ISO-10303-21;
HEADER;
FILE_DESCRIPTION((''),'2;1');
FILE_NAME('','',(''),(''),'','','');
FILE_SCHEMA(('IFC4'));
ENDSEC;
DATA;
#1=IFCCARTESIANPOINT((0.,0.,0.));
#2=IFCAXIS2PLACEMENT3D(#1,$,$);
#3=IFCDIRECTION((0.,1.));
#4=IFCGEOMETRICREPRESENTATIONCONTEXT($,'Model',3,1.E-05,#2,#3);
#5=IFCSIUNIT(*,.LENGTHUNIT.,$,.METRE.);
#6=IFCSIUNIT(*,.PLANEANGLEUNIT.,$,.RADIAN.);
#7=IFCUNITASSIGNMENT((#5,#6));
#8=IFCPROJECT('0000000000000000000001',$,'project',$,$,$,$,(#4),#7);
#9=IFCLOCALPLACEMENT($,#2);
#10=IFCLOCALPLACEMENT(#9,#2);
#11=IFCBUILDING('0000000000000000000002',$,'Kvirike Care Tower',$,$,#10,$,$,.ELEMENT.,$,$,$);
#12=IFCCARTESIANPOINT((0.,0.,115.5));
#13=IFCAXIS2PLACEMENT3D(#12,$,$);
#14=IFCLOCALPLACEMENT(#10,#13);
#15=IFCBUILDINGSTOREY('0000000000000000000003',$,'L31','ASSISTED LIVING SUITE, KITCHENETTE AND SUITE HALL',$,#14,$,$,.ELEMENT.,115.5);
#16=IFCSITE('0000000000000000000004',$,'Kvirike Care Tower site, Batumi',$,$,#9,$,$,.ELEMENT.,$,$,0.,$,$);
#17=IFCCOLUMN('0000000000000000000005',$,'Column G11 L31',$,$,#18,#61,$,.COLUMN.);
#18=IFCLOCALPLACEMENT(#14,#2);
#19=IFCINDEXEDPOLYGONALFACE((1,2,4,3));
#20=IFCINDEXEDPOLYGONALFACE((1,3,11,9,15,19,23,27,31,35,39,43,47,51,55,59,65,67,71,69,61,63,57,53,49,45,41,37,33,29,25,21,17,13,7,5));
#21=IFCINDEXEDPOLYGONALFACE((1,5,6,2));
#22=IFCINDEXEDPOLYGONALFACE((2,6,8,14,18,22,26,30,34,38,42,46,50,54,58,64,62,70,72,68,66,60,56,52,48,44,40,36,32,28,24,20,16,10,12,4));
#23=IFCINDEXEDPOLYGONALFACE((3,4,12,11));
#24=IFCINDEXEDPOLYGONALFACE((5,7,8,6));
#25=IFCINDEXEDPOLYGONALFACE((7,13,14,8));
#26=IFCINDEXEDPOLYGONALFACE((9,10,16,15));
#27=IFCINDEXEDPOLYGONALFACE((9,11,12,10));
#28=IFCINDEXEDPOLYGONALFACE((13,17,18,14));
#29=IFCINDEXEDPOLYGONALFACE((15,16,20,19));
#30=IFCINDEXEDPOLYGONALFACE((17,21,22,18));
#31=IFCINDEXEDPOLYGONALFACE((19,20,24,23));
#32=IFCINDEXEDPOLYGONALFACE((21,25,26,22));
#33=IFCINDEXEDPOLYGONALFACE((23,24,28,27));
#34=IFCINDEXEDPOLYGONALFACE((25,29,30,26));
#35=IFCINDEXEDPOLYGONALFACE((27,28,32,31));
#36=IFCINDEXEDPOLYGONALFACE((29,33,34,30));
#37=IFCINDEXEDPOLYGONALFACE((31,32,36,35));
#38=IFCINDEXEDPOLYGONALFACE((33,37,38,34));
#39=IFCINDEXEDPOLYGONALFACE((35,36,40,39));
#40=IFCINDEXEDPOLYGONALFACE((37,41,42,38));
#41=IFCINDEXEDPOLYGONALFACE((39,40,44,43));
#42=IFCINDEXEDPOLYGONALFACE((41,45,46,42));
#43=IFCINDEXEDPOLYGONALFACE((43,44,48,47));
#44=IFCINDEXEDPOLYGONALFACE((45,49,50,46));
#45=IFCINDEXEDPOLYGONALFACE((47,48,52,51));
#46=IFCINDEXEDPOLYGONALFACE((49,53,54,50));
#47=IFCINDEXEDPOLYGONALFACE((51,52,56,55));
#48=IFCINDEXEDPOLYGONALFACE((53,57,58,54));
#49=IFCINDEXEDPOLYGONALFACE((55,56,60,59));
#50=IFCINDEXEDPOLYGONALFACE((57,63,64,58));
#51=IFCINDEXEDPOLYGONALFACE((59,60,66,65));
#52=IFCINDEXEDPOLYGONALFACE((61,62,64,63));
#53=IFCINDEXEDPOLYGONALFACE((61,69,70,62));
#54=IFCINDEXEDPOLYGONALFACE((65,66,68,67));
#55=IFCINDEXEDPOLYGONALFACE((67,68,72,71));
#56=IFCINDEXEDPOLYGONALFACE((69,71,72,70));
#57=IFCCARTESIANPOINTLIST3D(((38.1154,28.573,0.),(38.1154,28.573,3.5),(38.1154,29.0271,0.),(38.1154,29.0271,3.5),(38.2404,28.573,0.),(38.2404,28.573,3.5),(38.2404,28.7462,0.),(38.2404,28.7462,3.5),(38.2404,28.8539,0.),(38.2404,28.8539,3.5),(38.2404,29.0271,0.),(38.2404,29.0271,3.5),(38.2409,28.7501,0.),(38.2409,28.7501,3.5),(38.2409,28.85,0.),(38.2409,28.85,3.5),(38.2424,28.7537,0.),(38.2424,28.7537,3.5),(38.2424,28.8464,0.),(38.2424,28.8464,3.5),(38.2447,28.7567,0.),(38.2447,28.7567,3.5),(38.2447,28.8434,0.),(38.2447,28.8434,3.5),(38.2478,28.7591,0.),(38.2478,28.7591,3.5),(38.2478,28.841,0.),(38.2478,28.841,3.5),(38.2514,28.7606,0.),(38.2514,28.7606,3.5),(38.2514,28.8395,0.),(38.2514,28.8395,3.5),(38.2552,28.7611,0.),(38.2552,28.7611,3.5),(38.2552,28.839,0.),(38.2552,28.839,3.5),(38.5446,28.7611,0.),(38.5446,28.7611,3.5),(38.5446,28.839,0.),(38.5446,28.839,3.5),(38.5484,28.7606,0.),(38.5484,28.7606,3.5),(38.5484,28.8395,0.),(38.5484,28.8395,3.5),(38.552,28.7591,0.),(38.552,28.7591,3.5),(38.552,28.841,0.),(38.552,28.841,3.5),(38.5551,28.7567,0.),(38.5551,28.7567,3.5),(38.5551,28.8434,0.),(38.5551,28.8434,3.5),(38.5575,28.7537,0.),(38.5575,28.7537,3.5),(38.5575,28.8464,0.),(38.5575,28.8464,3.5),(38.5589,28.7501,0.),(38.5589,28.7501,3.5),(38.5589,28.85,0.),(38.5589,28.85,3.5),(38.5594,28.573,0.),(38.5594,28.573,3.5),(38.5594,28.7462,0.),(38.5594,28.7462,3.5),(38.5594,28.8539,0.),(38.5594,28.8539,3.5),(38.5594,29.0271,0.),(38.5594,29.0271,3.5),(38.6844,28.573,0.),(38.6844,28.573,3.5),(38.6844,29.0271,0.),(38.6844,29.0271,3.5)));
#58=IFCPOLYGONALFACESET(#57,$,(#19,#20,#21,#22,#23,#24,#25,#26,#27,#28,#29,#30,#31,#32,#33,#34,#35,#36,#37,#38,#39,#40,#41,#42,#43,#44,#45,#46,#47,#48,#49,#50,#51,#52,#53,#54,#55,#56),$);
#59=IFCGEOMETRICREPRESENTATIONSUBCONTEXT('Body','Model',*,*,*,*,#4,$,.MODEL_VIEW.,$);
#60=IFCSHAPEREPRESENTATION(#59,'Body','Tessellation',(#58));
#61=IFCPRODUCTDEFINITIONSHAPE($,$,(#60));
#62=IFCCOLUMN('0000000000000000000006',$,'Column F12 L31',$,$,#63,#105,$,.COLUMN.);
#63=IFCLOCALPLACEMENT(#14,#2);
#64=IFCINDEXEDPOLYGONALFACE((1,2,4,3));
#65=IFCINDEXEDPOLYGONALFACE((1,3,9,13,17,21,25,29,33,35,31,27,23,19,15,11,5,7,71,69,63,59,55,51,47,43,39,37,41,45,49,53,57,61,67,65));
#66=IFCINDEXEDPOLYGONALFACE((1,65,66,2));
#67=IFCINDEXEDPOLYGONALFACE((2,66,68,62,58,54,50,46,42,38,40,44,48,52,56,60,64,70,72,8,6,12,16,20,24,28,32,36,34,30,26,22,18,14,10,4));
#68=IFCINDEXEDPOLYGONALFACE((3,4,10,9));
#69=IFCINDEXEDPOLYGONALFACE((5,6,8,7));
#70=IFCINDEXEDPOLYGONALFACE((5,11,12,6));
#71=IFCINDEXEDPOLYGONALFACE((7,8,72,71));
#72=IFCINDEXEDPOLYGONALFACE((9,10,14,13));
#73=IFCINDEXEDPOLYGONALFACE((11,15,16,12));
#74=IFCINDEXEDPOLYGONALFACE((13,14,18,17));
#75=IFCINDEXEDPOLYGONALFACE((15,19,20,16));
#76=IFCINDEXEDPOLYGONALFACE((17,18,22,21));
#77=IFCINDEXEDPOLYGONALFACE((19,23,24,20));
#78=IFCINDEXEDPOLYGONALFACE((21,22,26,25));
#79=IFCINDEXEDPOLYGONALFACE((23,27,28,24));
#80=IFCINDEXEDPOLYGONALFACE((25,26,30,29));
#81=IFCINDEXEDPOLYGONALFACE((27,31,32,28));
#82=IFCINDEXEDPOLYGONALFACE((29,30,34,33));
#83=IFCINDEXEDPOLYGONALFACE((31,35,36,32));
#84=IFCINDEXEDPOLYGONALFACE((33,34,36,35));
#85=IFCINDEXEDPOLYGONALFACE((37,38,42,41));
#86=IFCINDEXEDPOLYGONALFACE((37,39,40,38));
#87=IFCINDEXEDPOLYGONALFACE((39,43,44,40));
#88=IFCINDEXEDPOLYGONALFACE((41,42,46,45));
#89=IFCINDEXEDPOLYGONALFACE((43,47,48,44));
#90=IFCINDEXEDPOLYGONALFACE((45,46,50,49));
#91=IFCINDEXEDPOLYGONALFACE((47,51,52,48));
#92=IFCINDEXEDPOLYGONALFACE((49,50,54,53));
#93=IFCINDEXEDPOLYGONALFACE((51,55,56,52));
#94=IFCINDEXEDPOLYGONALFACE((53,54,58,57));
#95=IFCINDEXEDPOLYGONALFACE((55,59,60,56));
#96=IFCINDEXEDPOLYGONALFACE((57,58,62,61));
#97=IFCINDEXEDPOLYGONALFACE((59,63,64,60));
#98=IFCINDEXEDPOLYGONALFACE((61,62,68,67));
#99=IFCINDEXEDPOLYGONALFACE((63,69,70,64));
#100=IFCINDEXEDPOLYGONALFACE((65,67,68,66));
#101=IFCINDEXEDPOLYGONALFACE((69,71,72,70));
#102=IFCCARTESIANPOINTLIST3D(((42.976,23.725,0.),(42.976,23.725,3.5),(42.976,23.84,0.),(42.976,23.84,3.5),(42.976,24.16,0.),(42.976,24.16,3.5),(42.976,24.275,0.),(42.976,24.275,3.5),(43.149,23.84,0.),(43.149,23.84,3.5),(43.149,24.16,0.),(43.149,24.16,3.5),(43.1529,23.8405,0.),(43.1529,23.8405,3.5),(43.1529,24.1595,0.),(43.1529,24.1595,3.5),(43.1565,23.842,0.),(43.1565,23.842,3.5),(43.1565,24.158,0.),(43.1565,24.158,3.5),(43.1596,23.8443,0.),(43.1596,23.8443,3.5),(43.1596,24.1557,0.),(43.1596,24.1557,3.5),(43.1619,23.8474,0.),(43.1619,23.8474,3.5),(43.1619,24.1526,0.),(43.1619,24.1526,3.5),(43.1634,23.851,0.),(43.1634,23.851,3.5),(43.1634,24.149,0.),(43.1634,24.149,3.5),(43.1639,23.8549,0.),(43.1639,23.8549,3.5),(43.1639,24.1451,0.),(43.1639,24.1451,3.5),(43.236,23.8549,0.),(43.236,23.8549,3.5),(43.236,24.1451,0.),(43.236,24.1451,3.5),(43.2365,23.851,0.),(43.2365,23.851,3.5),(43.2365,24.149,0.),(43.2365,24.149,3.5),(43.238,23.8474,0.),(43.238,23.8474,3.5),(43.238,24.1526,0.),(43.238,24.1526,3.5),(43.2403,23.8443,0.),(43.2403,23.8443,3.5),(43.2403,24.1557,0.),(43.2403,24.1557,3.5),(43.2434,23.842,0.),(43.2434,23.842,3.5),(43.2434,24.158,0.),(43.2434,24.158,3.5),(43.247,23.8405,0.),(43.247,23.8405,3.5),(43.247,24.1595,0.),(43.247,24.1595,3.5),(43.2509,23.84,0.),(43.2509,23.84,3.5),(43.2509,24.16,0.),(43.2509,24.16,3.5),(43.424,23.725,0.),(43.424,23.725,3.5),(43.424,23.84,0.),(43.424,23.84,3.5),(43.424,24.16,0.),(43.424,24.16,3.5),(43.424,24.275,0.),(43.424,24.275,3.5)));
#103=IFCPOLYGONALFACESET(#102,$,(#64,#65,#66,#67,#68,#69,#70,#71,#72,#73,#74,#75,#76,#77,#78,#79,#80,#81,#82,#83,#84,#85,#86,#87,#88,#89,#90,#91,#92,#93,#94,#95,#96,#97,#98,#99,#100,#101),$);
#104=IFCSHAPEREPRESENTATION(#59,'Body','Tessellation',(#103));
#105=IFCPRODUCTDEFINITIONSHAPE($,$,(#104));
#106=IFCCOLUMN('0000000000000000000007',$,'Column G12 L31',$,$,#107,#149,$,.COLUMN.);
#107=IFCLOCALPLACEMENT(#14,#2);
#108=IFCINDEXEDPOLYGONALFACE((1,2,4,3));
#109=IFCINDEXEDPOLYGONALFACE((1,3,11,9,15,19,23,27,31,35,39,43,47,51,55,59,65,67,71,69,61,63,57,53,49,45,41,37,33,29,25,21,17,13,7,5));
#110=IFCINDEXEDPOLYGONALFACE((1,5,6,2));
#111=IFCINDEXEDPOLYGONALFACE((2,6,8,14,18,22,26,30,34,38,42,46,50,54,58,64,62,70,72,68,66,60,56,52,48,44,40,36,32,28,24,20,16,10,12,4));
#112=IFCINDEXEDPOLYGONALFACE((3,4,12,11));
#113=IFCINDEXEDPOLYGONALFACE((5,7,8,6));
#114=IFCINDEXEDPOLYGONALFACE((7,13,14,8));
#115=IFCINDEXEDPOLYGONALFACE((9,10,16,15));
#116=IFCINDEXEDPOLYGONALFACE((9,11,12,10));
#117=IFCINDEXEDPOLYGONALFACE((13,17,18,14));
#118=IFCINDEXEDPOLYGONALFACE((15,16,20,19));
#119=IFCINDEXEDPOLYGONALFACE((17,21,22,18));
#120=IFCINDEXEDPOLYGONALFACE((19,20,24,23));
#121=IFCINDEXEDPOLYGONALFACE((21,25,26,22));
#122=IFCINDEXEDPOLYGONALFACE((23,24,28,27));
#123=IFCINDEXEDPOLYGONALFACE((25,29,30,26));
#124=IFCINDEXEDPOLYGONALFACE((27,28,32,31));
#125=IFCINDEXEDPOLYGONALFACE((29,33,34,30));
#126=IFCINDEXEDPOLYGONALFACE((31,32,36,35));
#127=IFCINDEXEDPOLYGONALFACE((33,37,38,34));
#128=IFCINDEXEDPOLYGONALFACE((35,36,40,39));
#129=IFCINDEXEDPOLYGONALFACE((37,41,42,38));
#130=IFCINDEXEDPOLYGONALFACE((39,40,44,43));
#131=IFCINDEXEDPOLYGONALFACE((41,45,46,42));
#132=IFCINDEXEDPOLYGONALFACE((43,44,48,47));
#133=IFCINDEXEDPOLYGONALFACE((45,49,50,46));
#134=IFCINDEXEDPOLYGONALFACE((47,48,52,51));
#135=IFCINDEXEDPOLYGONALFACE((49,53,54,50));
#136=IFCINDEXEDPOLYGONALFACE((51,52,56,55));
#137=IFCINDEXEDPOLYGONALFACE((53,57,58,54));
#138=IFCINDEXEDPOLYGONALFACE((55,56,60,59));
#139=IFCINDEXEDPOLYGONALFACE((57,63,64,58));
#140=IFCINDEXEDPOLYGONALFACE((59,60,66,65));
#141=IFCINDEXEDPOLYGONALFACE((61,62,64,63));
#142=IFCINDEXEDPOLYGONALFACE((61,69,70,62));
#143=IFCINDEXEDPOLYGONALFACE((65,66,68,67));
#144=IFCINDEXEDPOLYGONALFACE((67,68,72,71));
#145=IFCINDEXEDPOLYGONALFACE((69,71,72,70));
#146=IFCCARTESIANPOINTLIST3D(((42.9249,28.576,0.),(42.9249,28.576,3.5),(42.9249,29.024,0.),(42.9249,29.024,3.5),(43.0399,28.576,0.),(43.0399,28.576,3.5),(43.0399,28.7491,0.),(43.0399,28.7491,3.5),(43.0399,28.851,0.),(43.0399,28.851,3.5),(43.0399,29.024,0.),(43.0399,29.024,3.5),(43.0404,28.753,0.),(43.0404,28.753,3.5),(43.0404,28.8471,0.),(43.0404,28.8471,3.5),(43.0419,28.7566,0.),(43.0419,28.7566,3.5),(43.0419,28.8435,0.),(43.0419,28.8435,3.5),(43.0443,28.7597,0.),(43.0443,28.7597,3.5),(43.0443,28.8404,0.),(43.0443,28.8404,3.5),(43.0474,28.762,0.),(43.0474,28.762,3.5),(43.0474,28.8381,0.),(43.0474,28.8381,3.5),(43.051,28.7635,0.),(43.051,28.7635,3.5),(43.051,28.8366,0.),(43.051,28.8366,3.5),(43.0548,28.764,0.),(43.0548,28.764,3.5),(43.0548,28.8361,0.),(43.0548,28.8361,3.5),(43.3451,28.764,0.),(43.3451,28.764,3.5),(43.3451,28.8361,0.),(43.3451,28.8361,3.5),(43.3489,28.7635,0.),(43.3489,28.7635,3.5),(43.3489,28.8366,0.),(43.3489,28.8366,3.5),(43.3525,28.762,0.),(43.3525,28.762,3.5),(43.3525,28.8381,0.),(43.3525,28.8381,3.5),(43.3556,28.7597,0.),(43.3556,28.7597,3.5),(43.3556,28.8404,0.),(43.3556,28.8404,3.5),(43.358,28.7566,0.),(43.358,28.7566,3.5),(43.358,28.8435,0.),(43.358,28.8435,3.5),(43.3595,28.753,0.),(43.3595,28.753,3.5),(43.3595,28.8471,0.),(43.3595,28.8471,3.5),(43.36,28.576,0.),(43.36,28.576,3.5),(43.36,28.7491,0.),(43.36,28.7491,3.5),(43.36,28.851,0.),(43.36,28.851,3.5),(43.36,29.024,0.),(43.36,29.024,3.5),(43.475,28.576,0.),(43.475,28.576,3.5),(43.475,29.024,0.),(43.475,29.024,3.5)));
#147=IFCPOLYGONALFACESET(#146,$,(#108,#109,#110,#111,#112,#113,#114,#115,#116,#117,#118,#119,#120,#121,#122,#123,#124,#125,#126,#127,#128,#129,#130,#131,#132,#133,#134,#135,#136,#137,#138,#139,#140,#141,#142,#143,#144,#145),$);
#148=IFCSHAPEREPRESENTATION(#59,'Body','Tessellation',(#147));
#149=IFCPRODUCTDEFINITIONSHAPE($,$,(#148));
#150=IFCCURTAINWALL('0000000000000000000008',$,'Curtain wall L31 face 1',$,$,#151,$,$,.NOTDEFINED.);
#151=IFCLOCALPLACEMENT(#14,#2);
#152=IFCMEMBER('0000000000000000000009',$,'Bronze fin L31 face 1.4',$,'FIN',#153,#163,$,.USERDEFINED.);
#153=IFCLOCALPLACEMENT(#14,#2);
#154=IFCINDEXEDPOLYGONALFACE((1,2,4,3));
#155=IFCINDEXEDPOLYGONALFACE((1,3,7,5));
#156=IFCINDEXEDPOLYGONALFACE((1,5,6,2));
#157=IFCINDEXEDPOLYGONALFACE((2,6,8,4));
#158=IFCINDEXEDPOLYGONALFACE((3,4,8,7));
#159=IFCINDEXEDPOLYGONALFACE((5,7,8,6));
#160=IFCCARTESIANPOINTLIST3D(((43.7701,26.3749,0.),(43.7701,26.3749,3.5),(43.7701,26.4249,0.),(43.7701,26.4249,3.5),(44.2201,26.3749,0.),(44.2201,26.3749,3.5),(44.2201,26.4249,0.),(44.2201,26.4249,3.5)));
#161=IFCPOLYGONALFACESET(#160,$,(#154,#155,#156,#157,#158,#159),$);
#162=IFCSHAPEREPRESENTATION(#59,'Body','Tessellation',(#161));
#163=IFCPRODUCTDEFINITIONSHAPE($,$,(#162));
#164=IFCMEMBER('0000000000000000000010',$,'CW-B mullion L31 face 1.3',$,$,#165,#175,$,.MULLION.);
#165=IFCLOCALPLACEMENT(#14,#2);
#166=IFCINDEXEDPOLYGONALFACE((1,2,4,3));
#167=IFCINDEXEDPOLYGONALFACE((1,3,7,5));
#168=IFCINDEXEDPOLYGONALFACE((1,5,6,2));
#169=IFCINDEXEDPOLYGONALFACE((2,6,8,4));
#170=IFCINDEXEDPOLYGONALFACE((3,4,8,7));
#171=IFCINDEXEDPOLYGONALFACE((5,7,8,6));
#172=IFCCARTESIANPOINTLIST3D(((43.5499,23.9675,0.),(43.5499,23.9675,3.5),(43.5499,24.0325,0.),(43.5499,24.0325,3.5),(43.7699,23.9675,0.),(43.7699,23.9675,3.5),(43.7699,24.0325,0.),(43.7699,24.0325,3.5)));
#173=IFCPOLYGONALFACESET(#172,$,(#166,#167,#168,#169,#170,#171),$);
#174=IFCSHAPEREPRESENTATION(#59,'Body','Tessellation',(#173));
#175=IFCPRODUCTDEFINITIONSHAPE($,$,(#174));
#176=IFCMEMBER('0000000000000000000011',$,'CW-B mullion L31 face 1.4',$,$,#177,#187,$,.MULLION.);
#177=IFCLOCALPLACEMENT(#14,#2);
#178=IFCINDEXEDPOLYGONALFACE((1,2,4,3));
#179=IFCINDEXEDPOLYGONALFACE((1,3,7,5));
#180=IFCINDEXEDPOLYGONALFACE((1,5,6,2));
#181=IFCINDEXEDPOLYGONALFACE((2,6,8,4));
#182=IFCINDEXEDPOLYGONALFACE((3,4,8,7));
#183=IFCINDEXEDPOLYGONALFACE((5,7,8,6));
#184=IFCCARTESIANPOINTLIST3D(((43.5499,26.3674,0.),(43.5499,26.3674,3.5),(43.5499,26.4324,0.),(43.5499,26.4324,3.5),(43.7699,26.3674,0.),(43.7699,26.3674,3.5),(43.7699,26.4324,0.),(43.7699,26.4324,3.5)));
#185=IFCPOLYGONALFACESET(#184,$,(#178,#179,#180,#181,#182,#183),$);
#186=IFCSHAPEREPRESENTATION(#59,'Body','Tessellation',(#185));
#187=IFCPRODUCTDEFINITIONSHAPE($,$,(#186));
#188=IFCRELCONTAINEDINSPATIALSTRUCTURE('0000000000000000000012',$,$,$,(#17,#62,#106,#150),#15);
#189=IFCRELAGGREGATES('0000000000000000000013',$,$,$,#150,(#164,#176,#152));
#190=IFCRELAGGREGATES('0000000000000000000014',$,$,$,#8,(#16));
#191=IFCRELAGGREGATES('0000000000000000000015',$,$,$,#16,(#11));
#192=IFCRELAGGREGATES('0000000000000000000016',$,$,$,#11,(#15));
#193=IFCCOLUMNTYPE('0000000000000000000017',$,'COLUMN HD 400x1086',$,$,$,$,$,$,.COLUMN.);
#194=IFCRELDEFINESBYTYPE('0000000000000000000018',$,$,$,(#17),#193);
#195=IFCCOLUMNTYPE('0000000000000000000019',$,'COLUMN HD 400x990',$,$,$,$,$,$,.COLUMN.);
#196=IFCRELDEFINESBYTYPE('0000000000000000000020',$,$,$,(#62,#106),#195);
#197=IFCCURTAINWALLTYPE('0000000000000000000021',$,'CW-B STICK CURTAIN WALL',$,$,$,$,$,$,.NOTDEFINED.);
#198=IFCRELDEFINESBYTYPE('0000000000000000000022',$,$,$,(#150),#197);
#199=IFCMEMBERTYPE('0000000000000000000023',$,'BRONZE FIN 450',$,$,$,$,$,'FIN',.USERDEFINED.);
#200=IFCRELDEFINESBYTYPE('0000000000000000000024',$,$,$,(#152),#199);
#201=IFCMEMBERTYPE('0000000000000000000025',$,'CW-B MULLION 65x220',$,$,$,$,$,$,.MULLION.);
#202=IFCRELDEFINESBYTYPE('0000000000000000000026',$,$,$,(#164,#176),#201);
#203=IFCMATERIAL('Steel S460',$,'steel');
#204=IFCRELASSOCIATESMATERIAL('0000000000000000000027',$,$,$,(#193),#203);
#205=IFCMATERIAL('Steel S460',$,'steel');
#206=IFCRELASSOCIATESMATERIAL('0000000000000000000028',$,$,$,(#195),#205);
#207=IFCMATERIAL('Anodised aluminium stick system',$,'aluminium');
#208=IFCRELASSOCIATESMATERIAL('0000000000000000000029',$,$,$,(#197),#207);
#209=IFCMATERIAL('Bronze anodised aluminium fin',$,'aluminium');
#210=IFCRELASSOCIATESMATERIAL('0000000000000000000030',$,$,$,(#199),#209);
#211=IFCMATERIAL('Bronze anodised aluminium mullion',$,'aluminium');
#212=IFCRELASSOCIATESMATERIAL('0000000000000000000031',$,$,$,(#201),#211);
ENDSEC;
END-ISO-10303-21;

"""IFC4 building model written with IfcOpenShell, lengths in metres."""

from ifc_helpers import new_model, si_unit, direction, frame, origin, origin_2d, place, context, subcontext, project, spatial, rectangle, i_section, extrude, material, material_profile, profile_set, type_object, element, aggregate, save


model = new_model("IFC4")

# Units and contexts
model_context = context("Model", 3, precision=1e-05, world=origin(), true_north=direction((0.0, 1.0)))
body_context = subcontext(model_context, "Body", "Model", "MODEL_VIEW")
ifc_project = project(units=[si_unit("LENGTHUNIT", "METRE"), si_unit("PLANEANGLEUNIT", "RADIAN")], contexts=[model_context])

# Site, building, storey
site_placement = place(None, origin())
site = spatial("IfcSite", under=ifc_project, at=site_placement, Name="Kvirike Care Tower site, Batumi", CompositionType="ELEMENT", RefElevation=0.0)
building_placement = place(site_placement, origin())
building = spatial("IfcBuilding", under=site, at=building_placement, Name="Kvirike Care Tower", CompositionType="ELEMENT")
storey_placement = place(building_placement, frame((0.0, 0.0, 115.5)))
storey = spatial("IfcBuildingStorey", under=building, at=storey_placement, Name="L31", Description="ASSISTED LIVING SUITE, KITCHENETTE AND SUITE HALL", CompositionType="ELEMENT", Elevation=115.5)

# Columns
ifc_material_1 = material(Name="Steel S460", Category="steel")
ifc_material_profile_1 = material_profile(ifc_material_1, i_section(OverallWidth=0.4541, OverallDepth=0.5691, WebThickness=0.0779, FlangeThickness=0.125, FilletRadius=0.0149, at=origin_2d()), Name="HD 400x1086")
ifc_profile_set_1 = profile_set([ifc_material_profile_1], Name="Steel S460")
column_type_1 = type_object("IfcColumnType", Name="COLUMN HD 400x1086", PredefinedType="COLUMN", material=ifc_profile_set_1)
column_placement = place(storey_placement, frame((38.3999, 28.8, 0.0), z_axis=(0.0, 0.0, 1.0), x_axis=(0.0, 1.0, 0.0)))
element("IfcColumn", 1, at=column_placement, inside=storey, type_object=column_type_1, Name="Column G11 L31", PredefinedType="COLUMN", context=body_context, shape_type="SweptSolid", body=[
    extrude(i_section(OverallWidth=0.4541, OverallDepth=0.5691, WebThickness=0.0779, FlangeThickness=0.125, FilletRadius=0.0149, at=origin_2d()), origin(), (0.0, 0.0, 1.0), 3.5),
])
ifc_material_2 = material(Name="Steel S460", Category="steel")
ifc_material_profile_2 = material_profile(ifc_material_2, i_section(OverallWidth=0.448, OverallDepth=0.55, WebThickness=0.072, FlangeThickness=0.115, FilletRadius=0.0149, at=origin_2d()), Name="HD 400x990")
ifc_profile_set_2 = profile_set([ifc_material_profile_2], Name="Steel S460")
column_type_2 = type_object("IfcColumnType", Name="COLUMN HD 400x990", PredefinedType="COLUMN", material=ifc_profile_set_2)
for number, where, z_axis, x_axis, name in (
    (2, (43.2, 24.0, 0.0), (0.0, 0.0, 1.0), (1.0, 0.0, 0.0), "Column F12 L31"),
    (3, (43.2, 28.8, 0.0), (0.0, 0.0, 1.0), (0.0, 1.0, 0.0), "Column G12 L31"),
):
    element("IfcColumn", number, at=place(storey_placement, frame(where, z_axis=z_axis, x_axis=x_axis)), inside=storey, type_object=column_type_2, Name=name, PredefinedType="COLUMN", context=body_context, shape_type="SweptSolid", body=[
        extrude(i_section(OverallWidth=0.448, OverallDepth=0.55, WebThickness=0.072, FlangeThickness=0.115, FilletRadius=0.0149, at=origin_2d()), origin(), (0.0, 0.0, 1.0), 3.5),
    ])

# Curtain wall, members
ifc_material_3 = material(Name="Anodised aluminium stick system", Category="aluminium")
curtain_wall_type = type_object("IfcCurtainWallType", Name="CW-B STICK CURTAIN WALL", PredefinedType="NOTDEFINED", material=ifc_material_3)
curtain_wall_placement = place(storey_placement, origin())
curtain_wall = element("IfcCurtainWall", 4, at=curtain_wall_placement, inside=storey, type_object=curtain_wall_type, Name="Curtain wall L31 face 1", PredefinedType="NOTDEFINED")
ifc_material_4 = material(Name="Bronze anodised aluminium fin", Category="aluminium")
ifc_material_profile_3 = material_profile(ifc_material_4, rectangle(XDim=0.05, YDim=0.45, at=origin_2d()), Name="BRONZE FIN 450")
ifc_profile_set_3 = profile_set([ifc_material_profile_3], Name="Bronze anodised aluminium fin")
member_type_1 = type_object("IfcMemberType", Name="BRONZE FIN 450", ElementType="FIN", PredefinedType="USERDEFINED", material=ifc_profile_set_3)
member_1_placement = place(storey_placement, frame((43.9951, 26.3999, 0.0), z_axis=(0.0, 0.0, 1.0), x_axis=(0.0, 1.0, 0.0)))
member_1 = element("IfcMember", 5, at=member_1_placement, type_object=member_type_1, Name="Bronze fin L31 face 1.4", ObjectType="FIN", PredefinedType="USERDEFINED", context=body_context, shape_type="SweptSolid", body=[
    extrude(rectangle(XDim=0.05, YDim=0.45, at=origin_2d()), origin(), (0.0, 0.0, 1.0), 3.5),
])
ifc_material_5 = material(Name="Bronze anodised aluminium mullion", Category="aluminium")
ifc_material_profile_4 = material_profile(ifc_material_5, rectangle(XDim=0.0649, YDim=0.22, at=origin_2d()), Name="CW-B MULLION 65x220")
ifc_profile_set_4 = profile_set([ifc_material_profile_4], Name="Bronze anodised aluminium mullion")
member_type_2 = type_object("IfcMemberType", Name="CW-B MULLION 65x220", PredefinedType="MULLION", material=ifc_profile_set_4)
member_2_placement = place(storey_placement, frame((43.6599, 24.0, 0.0), z_axis=(0.0, 0.0, 1.0), x_axis=(0.0, 1.0, 0.0)))
member_2 = element("IfcMember", 6, at=member_2_placement, type_object=member_type_2, Name="CW-B mullion L31 face 1.3", PredefinedType="MULLION", context=body_context, shape_type="SweptSolid", body=[
    extrude(rectangle(XDim=0.0649, YDim=0.22, at=origin_2d()), origin(), (0.0, 0.0, 1.0), 3.5),
])
member_3_placement = place(storey_placement, frame((43.6599, 26.3999, 0.0), z_axis=(0.0, 0.0, 1.0), x_axis=(0.0, 1.0, 0.0)))
member_3 = element("IfcMember", 7, at=member_3_placement, type_object=member_type_2, Name="CW-B mullion L31 face 1.4", PredefinedType="MULLION", context=body_context, shape_type="SweptSolid", body=[
    extrude(rectangle(XDim=0.0649, YDim=0.22, at=origin_2d()), origin(), (0.0, 0.0, 1.0), 3.5),
])

aggregate(curtain_wall, [member_2, member_3, member_1])

save(model, "model.ifc")
